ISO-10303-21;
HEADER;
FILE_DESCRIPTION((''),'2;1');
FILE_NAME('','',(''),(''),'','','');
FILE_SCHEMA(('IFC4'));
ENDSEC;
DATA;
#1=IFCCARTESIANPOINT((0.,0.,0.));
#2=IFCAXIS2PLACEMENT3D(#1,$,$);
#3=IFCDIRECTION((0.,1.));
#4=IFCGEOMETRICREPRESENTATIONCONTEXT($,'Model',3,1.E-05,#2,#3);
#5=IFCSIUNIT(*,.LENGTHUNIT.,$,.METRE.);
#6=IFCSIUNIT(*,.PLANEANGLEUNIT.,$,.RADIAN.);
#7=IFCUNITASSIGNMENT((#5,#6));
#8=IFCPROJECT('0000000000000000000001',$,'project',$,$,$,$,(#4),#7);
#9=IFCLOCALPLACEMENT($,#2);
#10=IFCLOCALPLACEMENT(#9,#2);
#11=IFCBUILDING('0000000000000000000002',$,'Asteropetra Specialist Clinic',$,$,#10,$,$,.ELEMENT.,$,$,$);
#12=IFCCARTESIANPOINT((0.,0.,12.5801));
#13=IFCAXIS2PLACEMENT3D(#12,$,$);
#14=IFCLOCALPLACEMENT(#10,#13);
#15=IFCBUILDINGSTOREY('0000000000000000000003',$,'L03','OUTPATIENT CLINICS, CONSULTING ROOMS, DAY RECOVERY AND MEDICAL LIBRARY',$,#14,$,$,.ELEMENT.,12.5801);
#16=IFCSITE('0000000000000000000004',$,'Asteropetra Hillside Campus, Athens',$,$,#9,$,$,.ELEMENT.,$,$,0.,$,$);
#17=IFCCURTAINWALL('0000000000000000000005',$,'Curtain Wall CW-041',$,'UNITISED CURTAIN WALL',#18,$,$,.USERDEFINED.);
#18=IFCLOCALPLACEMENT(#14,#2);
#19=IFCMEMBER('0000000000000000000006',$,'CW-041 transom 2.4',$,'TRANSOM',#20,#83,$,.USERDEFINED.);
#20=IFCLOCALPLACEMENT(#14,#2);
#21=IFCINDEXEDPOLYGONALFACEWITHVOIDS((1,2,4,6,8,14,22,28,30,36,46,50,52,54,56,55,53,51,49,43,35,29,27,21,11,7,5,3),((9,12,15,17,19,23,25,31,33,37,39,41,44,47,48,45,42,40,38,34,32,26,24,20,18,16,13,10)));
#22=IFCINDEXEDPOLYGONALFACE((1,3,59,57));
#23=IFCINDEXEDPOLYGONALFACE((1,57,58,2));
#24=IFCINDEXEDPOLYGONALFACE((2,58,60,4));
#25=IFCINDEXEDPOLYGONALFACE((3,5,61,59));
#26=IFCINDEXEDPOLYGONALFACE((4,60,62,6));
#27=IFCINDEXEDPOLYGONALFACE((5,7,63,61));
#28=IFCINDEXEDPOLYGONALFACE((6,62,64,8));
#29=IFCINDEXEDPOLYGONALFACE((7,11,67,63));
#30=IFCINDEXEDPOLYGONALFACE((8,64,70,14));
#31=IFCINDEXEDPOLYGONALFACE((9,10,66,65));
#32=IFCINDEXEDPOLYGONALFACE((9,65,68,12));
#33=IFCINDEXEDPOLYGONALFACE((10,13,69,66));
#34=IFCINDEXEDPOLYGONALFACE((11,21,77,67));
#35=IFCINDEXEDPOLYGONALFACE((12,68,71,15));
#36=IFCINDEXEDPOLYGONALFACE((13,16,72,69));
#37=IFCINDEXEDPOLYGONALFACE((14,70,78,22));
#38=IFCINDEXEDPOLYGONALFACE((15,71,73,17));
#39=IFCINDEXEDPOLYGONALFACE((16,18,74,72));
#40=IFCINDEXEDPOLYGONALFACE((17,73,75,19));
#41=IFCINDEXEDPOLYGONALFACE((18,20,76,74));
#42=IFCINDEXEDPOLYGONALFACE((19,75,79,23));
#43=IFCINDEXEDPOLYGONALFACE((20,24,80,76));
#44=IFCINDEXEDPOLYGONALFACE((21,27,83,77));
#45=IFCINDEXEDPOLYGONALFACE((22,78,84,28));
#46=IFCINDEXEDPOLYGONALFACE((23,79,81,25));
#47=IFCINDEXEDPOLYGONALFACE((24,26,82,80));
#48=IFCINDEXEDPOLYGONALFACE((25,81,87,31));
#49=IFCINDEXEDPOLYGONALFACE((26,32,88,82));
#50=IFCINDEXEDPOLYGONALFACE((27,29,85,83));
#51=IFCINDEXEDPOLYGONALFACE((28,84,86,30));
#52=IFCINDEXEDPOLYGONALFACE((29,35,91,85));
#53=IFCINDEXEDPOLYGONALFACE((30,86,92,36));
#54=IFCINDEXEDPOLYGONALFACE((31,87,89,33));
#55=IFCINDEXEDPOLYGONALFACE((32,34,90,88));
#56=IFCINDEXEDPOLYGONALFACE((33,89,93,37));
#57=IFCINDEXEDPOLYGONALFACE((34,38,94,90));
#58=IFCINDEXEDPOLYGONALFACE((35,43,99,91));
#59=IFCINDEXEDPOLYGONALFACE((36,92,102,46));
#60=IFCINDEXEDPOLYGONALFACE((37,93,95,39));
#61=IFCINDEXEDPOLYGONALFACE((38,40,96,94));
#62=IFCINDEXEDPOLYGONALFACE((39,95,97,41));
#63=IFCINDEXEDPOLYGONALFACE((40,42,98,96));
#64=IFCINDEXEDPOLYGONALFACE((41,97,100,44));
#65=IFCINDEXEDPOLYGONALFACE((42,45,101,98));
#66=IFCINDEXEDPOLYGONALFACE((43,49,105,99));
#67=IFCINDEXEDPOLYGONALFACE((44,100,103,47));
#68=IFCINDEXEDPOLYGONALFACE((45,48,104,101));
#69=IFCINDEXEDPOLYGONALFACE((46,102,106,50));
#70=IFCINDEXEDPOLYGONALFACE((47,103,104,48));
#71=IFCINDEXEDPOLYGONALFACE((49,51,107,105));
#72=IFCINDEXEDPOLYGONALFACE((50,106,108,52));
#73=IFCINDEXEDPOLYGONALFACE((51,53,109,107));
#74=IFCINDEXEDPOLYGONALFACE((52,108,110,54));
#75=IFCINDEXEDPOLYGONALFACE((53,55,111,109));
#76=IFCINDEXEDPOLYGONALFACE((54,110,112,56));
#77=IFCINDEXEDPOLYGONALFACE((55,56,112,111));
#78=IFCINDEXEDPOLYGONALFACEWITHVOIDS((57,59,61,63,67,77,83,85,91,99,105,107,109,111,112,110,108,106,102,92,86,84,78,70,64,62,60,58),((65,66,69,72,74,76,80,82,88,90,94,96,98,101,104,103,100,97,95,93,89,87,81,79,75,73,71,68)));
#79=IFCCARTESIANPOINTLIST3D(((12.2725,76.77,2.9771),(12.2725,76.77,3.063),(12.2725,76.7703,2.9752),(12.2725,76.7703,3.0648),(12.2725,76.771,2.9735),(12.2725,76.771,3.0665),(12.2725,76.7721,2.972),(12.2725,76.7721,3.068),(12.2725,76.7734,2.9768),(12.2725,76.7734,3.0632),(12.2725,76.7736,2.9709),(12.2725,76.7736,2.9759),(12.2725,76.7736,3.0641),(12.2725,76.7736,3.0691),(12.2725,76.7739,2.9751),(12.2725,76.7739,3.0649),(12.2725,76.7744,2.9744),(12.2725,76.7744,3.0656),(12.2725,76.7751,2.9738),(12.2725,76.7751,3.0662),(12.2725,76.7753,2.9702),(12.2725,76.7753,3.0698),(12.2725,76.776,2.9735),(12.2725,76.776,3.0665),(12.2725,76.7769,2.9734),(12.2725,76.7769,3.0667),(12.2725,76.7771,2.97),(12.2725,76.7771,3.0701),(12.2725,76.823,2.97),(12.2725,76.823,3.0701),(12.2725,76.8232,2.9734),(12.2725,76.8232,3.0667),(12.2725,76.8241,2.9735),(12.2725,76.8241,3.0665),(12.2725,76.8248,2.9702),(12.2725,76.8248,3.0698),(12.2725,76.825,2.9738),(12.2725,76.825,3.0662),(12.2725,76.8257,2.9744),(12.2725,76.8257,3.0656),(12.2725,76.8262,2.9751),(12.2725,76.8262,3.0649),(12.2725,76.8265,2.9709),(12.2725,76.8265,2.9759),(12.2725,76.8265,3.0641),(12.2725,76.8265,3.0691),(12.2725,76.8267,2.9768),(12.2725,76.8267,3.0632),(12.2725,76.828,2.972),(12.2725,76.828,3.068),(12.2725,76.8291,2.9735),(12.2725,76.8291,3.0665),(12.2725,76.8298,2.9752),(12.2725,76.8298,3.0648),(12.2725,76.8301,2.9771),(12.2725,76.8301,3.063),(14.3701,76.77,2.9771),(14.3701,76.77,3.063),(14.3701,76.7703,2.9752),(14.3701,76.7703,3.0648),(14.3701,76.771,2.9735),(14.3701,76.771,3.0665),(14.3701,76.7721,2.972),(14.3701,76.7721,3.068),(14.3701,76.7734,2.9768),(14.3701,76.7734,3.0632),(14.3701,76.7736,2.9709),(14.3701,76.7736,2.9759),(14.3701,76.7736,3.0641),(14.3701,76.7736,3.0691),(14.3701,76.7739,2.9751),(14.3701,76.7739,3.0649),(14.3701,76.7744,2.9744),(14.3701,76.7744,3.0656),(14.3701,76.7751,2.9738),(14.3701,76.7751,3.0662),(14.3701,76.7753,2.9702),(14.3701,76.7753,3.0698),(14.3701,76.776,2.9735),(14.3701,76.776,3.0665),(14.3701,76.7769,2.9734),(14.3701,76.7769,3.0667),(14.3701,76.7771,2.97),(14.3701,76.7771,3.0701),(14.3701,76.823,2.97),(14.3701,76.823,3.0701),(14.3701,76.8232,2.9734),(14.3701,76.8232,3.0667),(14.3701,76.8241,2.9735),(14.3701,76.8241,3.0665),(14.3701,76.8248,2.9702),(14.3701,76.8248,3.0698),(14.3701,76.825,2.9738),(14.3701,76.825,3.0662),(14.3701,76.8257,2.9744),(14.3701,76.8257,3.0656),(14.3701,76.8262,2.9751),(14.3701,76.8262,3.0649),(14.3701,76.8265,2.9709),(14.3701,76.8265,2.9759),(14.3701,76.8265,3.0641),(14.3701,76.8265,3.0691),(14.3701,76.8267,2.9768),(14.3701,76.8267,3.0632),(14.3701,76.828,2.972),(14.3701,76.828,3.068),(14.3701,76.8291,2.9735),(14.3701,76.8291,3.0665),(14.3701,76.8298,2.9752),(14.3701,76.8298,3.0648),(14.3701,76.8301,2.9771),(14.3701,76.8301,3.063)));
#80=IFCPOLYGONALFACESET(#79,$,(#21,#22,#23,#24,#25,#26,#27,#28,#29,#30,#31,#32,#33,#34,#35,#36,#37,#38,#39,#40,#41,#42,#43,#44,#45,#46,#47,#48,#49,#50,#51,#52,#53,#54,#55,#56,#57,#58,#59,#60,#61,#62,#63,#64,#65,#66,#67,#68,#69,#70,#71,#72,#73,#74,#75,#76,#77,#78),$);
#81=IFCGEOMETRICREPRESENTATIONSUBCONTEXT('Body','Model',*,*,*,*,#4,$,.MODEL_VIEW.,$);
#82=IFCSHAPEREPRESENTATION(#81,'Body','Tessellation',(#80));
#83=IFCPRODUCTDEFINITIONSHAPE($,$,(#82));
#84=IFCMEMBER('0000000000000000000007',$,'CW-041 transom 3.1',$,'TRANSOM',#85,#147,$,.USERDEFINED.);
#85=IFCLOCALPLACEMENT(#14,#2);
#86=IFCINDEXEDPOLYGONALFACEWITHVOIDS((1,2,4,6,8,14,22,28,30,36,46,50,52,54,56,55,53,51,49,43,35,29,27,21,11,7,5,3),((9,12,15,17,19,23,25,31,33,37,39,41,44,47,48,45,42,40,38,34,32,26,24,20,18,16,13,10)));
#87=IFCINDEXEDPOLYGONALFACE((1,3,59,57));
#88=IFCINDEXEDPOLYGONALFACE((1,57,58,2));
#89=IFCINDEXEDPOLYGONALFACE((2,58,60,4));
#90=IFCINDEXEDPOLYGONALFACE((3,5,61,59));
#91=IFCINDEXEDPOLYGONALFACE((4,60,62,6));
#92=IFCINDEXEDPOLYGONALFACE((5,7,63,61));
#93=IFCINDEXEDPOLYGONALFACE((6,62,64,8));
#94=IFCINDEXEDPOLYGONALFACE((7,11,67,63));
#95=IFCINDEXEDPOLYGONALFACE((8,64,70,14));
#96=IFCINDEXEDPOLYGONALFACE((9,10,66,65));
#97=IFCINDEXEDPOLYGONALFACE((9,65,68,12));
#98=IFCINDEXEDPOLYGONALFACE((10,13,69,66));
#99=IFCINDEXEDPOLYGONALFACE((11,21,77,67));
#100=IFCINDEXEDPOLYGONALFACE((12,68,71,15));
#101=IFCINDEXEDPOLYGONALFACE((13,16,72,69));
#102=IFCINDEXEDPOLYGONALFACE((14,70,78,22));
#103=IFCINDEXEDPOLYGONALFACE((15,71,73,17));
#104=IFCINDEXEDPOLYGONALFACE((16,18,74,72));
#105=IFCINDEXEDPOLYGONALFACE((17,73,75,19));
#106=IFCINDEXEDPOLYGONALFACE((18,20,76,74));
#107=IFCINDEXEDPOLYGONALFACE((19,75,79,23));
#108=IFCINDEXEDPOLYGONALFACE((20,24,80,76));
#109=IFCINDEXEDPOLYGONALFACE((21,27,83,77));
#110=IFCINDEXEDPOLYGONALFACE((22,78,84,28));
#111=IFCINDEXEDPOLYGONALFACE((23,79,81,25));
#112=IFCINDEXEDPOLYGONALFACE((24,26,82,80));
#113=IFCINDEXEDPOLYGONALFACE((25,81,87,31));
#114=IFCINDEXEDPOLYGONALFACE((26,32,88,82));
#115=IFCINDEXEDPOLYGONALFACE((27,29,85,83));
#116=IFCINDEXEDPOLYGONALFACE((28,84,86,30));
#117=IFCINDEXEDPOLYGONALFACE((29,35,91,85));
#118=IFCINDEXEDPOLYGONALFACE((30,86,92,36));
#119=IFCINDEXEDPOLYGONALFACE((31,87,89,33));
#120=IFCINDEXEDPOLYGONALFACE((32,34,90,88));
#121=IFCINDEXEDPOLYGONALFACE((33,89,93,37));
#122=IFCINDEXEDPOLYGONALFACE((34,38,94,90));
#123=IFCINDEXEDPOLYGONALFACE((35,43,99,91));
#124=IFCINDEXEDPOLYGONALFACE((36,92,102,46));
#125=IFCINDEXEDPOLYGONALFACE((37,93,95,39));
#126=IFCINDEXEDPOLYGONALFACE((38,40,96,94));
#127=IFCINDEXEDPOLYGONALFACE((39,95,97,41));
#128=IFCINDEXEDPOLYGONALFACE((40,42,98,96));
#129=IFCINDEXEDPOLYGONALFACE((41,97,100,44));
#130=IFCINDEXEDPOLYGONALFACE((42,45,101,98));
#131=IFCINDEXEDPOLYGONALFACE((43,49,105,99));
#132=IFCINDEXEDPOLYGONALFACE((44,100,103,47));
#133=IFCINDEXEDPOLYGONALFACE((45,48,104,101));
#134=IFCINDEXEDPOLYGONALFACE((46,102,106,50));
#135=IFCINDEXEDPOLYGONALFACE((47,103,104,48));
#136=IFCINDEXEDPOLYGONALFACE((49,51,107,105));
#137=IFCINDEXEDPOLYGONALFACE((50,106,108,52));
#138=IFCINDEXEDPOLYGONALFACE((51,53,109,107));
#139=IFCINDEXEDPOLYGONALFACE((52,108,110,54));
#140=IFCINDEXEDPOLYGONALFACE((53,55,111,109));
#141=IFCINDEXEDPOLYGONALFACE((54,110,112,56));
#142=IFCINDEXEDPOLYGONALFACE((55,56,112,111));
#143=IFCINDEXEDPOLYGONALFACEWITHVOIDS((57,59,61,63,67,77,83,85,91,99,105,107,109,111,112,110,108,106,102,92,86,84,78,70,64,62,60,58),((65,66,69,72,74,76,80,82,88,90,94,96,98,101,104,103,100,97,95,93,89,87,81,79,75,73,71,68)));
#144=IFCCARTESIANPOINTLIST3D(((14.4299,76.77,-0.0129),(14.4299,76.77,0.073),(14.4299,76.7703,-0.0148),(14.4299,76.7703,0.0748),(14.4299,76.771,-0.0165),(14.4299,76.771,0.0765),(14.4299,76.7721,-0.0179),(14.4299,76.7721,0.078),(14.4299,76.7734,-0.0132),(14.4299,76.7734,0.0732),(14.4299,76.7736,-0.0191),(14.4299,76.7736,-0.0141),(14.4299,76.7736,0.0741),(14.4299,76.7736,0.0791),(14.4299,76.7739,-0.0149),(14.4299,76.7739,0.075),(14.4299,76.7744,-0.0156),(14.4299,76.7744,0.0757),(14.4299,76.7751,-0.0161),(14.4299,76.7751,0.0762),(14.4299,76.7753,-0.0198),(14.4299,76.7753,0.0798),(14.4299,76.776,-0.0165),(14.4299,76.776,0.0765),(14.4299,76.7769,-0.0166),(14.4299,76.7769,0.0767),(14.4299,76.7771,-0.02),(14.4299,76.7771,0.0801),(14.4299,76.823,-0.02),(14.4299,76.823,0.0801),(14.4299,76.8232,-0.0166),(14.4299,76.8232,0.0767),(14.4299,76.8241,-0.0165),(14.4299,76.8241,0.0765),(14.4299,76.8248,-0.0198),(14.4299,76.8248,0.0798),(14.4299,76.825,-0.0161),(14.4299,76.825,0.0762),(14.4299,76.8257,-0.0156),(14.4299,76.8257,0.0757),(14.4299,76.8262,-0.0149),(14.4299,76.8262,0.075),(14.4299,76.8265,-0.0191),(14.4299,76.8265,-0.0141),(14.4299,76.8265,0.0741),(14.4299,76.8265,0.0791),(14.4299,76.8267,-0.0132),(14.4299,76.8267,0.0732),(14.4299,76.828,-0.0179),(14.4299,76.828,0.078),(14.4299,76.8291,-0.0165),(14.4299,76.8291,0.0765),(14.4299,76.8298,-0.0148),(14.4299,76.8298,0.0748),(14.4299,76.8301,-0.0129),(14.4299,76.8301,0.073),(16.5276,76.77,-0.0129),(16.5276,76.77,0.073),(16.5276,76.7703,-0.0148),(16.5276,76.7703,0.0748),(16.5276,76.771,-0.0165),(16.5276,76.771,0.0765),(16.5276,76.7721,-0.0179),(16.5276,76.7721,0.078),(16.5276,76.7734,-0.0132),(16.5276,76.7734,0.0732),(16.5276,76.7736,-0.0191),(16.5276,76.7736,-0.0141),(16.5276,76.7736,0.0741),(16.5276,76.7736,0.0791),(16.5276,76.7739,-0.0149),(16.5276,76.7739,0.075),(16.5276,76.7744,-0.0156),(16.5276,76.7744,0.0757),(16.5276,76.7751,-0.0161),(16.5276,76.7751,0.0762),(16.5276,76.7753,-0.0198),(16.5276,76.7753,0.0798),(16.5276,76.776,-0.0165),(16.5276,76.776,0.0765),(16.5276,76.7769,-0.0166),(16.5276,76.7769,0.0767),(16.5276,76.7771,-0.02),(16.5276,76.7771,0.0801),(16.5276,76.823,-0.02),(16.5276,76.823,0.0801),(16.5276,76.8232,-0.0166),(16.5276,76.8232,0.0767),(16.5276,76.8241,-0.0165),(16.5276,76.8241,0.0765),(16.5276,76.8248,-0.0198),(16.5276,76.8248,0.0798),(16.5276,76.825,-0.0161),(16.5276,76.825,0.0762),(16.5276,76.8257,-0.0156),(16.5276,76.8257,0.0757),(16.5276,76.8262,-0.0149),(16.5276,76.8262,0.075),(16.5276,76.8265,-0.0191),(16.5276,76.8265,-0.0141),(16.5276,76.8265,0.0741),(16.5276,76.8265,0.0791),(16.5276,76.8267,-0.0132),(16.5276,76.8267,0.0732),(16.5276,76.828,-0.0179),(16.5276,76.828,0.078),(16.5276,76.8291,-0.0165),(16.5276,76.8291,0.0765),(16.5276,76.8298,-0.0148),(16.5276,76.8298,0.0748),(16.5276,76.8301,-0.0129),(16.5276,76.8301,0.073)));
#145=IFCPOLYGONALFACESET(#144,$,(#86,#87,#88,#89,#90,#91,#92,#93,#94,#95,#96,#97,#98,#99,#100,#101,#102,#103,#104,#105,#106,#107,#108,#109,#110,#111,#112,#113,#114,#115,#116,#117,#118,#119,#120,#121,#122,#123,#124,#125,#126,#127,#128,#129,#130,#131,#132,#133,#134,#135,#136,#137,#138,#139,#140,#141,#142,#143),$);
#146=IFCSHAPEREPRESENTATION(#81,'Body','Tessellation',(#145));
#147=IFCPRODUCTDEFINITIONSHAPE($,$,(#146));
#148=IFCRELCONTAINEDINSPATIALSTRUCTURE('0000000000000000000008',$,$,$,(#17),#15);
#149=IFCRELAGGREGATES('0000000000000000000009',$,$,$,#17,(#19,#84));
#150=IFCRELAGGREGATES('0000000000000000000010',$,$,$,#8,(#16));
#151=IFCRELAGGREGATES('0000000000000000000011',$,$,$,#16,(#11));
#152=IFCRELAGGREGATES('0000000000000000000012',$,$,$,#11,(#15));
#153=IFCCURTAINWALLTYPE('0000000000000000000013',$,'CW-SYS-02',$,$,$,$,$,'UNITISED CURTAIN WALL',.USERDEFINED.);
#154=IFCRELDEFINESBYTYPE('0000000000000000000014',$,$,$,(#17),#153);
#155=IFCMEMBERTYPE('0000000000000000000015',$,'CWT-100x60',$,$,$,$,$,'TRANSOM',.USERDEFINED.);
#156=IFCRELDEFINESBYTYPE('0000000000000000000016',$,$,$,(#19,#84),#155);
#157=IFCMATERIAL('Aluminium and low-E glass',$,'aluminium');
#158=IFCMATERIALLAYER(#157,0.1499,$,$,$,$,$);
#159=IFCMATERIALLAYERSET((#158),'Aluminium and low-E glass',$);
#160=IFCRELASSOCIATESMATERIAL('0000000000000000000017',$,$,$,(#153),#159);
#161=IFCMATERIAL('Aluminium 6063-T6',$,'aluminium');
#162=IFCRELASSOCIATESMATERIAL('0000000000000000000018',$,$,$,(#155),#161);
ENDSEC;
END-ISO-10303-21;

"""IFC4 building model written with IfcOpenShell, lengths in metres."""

from ifc_helpers import new_model, si_unit, direction, frame, origin, origin_2d, place, context, subcontext, project, spatial, hollow_rectangle, extrude, material, layer, layer_set, material_profile, profile_set, type_object, element, aggregate, save


model = new_model("IFC4")

# Units and contexts
model_context = context("Model", 3, precision=1e-05, world=origin(), true_north=direction((0.0, 1.0)))
body_context = subcontext(model_context, "Body", "Model", "MODEL_VIEW")
ifc_project = project(units=[si_unit("LENGTHUNIT", "METRE"), si_unit("PLANEANGLEUNIT", "RADIAN")], contexts=[model_context])

# Site, building, storey
site_placement = place(None, origin())
site = spatial("IfcSite", under=ifc_project, at=site_placement, Name="Asteropetra Hillside Campus, Athens", CompositionType="ELEMENT", RefElevation=0.0)
building_placement = place(site_placement, origin())
building = spatial("IfcBuilding", under=site, at=building_placement, Name="Asteropetra Specialist Clinic", CompositionType="ELEMENT")
storey_placement = place(building_placement, frame((0.0, 0.0, 12.5801)))
storey = spatial("IfcBuildingStorey", under=building, at=storey_placement, Name="L03", Description="OUTPATIENT CLINICS, CONSULTING ROOMS, DAY RECOVERY AND MEDICAL LIBRARY", CompositionType="ELEMENT", Elevation=12.5801)

# Curtain wall, members
ifc_material_1 = material(Name="Aluminium and low-E glass", Category="aluminium")
ifc_layer_1 = layer(ifc_material_1, 0.1499)
ifc_layer_set_1 = layer_set([ifc_layer_1], Name="Aluminium and low-E glass")
curtain_wall_type = type_object("IfcCurtainWallType", Name="CW-SYS-02", ElementType="UNITISED CURTAIN WALL", PredefinedType="USERDEFINED", material=ifc_layer_set_1)
curtain_wall_placement = place(storey_placement, origin())
curtain_wall = element("IfcCurtainWall", 1, at=curtain_wall_placement, inside=storey, type_object=curtain_wall_type, Name="Curtain Wall CW-041", ObjectType="UNITISED CURTAIN WALL", PredefinedType="USERDEFINED")
ifc_material_2 = material(Name="Aluminium 6063-T6", Category="aluminium")
ifc_material_profile_1 = material_profile(ifc_material_2, hollow_rectangle(XDim=0.0601, YDim=0.1001, WallThickness=0.0034, InnerFilletRadius=0.0034, OuterFilletRadius=0.0071, at=origin_2d()), Name="TRN 100x60x3.5")
ifc_profile_set_1 = profile_set([ifc_material_profile_1], Name="Aluminium 6063-T6")
member_type_1 = type_object("IfcMemberType", Name="CWT-100x60", ElementType="TRANSOM", PredefinedType="USERDEFINED", material=ifc_profile_set_1)
member_1_placement = place(storey_placement, frame((12.2725, 76.8, 3.02), z_axis=(1.0, 0.0, 0.0), x_axis=(0.0, 1.0, 0.0)))
member_1 = element("IfcMember", 2, at=member_1_placement, type_object=member_type_1, Name="CW-041 transom 2.4", ObjectType="TRANSOM", PredefinedType="USERDEFINED", context=body_context, shape_type="SweptSolid", body=[
    extrude(hollow_rectangle(XDim=0.0601, YDim=0.1001, WallThickness=0.0034, InnerFilletRadius=0.0034, OuterFilletRadius=0.0071, at=origin_2d()), origin(), (0.0, 0.0, 1.0), 2.0977),
])
member_2_placement = place(storey_placement, frame((14.4299, 76.8, 0.03), z_axis=(1.0, 0.0, 0.0), x_axis=(0.0, 1.0, 0.0)))
member_2 = element("IfcMember", 3, at=member_2_placement, type_object=member_type_1, Name="CW-041 transom 3.1", ObjectType="TRANSOM", PredefinedType="USERDEFINED", context=body_context, shape_type="SweptSolid", body=[
    extrude(hollow_rectangle(XDim=0.0601, YDim=0.1001, WallThickness=0.0034, InnerFilletRadius=0.0034, OuterFilletRadius=0.0071, at=origin_2d()), origin(), (0.0, 0.0, 1.0), 2.0977),
])

aggregate(curtain_wall, [member_1, member_2])

save(model, "model.ifc")
